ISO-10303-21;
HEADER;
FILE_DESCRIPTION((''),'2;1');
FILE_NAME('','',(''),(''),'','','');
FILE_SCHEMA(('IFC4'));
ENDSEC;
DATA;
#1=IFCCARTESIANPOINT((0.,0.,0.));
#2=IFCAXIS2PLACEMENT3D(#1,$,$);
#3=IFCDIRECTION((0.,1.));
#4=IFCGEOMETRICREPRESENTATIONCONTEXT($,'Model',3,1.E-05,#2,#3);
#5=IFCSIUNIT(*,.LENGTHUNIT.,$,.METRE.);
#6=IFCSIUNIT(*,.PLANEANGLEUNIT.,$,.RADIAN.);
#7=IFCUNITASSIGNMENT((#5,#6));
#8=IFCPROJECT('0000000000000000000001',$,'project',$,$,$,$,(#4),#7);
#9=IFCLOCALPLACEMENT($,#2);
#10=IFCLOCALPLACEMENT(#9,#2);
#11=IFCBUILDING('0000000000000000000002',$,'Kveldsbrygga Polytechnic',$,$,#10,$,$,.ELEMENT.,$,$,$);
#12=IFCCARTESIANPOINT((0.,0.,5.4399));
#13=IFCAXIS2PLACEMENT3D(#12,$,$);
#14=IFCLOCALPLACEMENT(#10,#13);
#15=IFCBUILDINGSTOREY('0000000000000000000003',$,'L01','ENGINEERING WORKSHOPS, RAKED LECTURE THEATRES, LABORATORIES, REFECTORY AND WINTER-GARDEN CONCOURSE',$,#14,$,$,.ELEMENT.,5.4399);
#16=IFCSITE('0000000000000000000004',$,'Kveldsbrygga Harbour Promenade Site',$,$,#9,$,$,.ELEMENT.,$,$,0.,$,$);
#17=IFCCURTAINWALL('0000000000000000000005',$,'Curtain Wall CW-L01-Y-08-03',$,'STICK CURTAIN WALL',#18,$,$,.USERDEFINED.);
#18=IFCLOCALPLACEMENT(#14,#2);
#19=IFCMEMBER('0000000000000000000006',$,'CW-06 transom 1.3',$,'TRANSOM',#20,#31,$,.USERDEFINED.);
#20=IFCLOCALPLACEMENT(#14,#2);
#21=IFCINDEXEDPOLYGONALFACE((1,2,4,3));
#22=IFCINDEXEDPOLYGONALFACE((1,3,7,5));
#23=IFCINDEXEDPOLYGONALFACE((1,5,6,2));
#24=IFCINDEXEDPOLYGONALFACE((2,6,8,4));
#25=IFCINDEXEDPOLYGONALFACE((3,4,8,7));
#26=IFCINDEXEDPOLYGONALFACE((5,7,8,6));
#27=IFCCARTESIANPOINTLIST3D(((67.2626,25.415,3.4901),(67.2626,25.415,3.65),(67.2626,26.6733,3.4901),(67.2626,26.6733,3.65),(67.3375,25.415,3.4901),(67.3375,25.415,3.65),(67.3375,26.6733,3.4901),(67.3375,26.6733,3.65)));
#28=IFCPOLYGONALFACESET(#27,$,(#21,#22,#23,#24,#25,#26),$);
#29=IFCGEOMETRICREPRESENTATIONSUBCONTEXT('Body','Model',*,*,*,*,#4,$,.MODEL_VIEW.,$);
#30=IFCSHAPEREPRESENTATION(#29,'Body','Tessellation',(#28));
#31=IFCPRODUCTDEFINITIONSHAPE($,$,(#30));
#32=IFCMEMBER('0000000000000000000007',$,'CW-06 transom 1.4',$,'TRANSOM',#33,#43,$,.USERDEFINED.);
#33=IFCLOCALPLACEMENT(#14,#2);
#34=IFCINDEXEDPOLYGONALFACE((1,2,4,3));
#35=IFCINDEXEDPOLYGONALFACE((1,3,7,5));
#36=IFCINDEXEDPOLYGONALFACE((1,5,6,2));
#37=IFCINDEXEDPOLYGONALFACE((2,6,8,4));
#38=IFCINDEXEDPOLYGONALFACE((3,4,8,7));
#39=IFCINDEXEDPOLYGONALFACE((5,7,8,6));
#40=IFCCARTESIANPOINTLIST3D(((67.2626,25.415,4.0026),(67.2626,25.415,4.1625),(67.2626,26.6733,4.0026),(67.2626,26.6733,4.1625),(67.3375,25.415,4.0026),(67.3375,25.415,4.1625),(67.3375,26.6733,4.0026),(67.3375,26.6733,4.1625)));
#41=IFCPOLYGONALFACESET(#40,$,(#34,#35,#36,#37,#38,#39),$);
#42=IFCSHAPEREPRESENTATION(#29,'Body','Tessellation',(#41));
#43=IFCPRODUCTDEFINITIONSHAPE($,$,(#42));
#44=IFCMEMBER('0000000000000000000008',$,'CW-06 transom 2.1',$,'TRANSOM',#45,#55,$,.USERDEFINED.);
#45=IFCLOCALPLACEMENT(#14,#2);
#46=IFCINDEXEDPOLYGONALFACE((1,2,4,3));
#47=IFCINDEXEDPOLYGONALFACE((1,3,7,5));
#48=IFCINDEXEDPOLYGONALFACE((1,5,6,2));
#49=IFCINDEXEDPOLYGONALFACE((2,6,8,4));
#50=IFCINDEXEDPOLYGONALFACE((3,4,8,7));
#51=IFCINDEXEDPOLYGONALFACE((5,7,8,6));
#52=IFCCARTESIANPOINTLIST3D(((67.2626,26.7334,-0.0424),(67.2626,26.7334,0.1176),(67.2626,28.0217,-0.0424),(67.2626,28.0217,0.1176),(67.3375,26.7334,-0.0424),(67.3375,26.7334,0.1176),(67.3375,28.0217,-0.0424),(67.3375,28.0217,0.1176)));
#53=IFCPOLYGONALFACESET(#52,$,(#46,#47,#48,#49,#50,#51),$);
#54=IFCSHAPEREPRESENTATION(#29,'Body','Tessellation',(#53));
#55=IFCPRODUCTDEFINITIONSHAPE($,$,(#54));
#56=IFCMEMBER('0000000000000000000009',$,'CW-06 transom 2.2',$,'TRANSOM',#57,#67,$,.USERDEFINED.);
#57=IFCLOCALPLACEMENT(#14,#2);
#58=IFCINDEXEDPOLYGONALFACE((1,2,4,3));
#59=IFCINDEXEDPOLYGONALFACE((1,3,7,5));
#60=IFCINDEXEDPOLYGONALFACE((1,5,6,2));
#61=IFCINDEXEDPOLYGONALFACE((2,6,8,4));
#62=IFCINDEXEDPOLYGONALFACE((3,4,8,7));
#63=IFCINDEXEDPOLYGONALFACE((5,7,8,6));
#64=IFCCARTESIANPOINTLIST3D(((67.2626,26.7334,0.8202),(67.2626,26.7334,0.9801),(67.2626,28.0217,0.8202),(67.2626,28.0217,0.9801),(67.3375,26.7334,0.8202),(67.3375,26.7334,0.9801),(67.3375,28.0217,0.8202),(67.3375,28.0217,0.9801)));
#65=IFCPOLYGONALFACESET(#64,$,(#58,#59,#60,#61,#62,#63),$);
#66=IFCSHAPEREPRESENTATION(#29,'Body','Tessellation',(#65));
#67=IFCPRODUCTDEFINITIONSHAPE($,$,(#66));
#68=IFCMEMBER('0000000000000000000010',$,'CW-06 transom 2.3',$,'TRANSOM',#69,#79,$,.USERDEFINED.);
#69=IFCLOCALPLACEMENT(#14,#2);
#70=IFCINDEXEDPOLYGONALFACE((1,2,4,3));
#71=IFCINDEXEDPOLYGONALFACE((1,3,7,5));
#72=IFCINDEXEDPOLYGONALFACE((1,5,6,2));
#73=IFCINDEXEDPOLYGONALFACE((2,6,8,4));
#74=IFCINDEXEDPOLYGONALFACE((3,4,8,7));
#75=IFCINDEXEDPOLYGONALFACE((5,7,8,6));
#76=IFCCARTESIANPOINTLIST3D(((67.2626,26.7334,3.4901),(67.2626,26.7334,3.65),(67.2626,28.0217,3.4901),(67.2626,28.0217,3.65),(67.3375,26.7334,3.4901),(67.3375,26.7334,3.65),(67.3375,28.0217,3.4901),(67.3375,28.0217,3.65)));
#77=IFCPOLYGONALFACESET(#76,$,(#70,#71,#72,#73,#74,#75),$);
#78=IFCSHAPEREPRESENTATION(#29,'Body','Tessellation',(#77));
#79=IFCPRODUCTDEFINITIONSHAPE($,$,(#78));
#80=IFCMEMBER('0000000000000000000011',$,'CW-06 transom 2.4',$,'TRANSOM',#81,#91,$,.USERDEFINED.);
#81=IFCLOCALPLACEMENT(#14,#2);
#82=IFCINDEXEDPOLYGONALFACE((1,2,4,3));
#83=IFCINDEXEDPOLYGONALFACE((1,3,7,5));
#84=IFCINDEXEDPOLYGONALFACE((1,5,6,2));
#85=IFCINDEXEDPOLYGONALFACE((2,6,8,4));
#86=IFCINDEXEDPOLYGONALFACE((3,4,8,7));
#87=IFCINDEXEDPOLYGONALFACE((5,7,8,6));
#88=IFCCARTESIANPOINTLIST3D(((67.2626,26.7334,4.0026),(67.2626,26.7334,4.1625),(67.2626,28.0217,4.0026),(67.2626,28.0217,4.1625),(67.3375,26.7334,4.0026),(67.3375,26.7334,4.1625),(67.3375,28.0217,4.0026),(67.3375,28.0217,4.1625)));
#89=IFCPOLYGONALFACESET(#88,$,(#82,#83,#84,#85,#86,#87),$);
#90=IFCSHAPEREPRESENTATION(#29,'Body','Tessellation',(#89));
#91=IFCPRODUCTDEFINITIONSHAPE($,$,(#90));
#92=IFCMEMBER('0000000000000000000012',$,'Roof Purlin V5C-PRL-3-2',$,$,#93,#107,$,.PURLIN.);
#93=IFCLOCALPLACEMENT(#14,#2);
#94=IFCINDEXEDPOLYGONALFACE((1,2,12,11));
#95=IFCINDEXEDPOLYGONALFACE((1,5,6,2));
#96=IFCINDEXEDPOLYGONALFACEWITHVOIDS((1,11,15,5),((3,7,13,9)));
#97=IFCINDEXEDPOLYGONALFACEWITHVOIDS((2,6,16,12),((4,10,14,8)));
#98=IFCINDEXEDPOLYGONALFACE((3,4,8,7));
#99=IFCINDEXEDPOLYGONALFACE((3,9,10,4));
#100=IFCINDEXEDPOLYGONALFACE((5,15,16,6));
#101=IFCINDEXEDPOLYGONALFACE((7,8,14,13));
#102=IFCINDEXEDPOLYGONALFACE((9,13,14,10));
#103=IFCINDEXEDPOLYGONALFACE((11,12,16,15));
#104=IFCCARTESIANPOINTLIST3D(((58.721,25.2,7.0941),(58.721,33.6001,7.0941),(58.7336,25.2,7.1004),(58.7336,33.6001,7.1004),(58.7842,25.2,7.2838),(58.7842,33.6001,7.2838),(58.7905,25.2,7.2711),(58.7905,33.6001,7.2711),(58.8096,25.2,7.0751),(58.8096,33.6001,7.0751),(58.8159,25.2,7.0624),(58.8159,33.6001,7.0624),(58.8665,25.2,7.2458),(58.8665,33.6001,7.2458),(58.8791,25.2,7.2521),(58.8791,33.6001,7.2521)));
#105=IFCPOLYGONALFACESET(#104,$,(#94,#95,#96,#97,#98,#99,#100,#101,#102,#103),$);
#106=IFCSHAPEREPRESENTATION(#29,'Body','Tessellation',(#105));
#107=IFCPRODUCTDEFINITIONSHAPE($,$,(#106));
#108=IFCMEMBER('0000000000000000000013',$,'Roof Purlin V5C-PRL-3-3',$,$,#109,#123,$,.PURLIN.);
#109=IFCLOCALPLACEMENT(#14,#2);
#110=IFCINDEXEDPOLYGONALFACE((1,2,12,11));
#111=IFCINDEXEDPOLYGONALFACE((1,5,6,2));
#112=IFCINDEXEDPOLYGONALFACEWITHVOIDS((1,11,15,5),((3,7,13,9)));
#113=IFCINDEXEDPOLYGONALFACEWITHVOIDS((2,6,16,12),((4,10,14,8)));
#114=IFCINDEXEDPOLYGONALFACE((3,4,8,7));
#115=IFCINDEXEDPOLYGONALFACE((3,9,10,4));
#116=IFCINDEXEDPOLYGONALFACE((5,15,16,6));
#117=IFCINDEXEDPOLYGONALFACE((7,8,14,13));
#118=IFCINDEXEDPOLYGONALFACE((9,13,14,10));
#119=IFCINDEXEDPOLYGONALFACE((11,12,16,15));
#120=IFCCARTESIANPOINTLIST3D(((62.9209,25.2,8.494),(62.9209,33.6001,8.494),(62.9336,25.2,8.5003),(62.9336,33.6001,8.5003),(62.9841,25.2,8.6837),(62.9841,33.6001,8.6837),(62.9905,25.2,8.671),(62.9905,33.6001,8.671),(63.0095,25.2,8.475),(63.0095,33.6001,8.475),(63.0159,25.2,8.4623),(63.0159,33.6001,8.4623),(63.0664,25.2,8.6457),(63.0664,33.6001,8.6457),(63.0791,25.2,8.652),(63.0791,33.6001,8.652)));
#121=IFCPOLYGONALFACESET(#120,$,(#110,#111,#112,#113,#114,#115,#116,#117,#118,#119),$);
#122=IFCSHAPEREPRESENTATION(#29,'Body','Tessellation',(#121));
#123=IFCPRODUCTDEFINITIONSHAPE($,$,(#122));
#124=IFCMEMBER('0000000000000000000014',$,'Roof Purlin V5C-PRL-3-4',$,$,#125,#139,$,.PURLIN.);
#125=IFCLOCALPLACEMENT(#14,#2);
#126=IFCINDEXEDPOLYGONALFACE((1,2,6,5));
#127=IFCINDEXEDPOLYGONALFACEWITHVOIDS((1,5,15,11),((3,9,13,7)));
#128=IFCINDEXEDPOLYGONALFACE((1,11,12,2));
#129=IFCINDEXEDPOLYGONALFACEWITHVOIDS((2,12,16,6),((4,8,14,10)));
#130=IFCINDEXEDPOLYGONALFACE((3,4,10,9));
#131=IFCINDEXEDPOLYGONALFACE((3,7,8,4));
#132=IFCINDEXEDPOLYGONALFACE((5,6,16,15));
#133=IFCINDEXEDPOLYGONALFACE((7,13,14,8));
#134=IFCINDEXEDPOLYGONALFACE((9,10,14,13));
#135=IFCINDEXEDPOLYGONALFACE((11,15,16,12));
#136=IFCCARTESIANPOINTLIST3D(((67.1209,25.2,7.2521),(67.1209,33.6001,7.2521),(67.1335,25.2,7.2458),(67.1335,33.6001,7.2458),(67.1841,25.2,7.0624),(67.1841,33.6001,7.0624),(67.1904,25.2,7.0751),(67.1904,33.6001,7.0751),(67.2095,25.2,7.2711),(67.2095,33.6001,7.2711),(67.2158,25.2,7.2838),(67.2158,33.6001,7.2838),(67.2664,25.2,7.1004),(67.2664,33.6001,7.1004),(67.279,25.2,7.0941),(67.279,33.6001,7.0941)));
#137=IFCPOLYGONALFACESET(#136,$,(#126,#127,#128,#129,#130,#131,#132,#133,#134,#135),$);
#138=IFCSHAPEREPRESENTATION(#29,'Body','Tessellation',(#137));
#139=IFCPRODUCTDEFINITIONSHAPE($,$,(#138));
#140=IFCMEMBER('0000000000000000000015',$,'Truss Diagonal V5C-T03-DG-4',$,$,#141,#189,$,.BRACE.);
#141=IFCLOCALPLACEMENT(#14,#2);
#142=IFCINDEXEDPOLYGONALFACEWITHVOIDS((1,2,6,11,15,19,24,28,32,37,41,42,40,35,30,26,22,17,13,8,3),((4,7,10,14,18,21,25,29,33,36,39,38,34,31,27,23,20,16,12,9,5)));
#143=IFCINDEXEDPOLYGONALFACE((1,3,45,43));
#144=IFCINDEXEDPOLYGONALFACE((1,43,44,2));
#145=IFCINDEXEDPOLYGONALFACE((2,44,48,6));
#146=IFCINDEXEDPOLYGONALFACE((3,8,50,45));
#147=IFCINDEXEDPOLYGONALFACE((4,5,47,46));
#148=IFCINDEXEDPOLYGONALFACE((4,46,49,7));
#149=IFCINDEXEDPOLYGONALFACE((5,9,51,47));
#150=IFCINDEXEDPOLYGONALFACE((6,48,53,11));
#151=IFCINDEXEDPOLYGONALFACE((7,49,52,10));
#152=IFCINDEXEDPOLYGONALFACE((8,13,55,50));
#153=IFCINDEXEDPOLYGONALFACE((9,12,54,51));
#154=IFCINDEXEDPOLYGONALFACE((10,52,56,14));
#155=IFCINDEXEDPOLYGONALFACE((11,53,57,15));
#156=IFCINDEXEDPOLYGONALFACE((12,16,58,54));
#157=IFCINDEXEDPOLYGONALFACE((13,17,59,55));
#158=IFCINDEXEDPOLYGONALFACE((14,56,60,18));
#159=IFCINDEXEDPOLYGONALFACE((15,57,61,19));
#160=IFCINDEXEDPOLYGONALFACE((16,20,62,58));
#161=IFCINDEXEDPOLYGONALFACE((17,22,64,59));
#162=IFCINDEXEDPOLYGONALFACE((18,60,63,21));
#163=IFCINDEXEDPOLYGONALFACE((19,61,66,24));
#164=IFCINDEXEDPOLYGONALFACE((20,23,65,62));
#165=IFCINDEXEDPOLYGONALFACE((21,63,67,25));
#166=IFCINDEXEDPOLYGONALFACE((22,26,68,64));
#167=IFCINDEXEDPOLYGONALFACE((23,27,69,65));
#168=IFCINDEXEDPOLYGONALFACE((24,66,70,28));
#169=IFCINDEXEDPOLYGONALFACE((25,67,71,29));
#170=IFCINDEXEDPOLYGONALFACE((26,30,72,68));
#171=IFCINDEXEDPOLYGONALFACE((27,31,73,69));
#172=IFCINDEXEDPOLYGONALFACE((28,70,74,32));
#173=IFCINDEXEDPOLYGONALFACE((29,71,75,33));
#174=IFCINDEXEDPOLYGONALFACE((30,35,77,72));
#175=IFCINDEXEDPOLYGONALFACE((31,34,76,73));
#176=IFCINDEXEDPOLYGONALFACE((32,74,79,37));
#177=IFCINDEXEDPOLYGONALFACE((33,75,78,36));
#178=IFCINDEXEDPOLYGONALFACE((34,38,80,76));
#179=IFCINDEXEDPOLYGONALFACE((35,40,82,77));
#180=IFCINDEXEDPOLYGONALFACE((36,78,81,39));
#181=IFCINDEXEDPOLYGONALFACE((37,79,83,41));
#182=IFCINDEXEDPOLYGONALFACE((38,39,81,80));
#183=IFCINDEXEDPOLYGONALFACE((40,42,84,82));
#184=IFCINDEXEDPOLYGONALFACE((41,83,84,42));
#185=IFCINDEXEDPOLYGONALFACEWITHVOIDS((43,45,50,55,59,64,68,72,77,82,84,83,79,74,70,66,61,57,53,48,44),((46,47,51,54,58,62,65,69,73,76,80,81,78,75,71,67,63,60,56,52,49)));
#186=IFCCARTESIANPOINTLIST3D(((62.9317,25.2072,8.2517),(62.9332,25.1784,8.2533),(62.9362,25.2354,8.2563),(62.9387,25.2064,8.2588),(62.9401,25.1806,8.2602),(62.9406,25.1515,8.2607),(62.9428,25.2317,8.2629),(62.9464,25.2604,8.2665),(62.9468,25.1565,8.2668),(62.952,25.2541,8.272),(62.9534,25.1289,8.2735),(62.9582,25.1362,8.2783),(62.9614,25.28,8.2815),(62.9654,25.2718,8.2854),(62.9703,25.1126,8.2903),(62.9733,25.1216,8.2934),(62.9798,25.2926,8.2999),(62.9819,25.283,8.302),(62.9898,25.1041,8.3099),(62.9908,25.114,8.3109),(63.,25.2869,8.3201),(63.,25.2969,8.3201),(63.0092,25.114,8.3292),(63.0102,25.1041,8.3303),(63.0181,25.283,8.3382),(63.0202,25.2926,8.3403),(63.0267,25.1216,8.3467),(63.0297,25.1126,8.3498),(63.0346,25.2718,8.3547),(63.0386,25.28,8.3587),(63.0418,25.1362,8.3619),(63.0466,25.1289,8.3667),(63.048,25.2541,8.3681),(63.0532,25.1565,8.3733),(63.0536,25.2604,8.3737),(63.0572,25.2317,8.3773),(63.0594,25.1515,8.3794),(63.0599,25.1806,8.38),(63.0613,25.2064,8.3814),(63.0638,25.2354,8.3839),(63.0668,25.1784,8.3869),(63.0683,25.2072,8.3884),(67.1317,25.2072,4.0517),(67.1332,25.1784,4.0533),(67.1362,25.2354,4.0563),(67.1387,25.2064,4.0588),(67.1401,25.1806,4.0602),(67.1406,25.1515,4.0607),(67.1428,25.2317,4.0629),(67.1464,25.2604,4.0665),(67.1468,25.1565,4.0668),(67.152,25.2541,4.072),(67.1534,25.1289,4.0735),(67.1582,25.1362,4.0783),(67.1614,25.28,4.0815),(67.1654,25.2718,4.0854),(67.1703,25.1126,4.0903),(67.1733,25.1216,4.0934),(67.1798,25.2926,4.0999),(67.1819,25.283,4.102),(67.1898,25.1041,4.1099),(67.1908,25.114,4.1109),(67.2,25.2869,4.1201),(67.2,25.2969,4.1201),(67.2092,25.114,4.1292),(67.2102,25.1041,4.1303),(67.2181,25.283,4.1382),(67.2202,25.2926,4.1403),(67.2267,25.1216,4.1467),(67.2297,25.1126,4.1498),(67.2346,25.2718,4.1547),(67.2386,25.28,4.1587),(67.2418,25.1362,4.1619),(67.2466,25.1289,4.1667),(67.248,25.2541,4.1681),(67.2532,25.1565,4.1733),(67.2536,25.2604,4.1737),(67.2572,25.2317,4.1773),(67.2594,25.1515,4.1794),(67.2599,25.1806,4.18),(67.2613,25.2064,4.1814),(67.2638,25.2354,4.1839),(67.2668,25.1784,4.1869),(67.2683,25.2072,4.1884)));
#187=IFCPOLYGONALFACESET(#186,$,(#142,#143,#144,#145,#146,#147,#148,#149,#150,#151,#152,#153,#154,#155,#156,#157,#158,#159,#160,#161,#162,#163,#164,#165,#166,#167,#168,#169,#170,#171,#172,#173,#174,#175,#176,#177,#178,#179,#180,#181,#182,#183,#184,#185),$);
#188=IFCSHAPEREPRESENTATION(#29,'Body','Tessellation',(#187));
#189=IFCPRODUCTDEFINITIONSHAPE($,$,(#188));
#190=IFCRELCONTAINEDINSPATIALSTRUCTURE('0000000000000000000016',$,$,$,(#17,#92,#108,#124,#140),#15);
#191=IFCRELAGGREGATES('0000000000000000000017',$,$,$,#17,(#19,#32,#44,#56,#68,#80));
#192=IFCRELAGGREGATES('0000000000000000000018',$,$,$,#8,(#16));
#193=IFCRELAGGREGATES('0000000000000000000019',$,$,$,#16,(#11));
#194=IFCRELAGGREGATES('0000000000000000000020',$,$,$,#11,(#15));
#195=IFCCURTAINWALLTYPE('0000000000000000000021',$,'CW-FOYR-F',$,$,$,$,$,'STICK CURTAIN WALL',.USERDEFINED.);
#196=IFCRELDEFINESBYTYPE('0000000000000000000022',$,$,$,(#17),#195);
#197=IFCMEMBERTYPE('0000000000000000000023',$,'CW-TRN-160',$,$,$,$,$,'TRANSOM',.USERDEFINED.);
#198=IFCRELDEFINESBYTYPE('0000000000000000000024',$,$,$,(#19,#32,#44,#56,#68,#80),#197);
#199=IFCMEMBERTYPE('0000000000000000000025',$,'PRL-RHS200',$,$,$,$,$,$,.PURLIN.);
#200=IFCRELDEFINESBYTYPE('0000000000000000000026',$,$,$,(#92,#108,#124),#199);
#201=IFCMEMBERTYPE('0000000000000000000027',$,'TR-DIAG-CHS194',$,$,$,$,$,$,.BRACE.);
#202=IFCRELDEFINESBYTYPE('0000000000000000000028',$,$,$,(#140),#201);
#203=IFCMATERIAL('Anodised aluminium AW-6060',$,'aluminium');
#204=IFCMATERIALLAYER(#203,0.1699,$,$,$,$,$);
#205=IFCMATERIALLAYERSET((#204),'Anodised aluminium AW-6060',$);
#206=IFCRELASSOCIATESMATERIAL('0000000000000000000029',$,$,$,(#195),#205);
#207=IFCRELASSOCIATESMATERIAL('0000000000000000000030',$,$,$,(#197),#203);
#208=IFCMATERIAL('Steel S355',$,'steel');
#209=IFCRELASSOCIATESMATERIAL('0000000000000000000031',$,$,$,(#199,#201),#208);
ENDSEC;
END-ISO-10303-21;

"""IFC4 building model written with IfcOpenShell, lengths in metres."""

from ifc_helpers import new_model, si_unit, direction, frame, origin, origin_2d, place, context, subcontext, project, spatial, rectangle, hollow_rectangle, hollow_circle, extrude, material, layer, layer_set, material_profile, profile_set, type_object, element, aggregate, save


model = new_model("IFC4")

# Units and contexts
model_context = context("Model", 3, precision=1e-05, world=origin(), true_north=direction((0.0, 1.0)))
body_context = subcontext(model_context, "Body", "Model", "MODEL_VIEW")
ifc_project = project(units=[si_unit("LENGTHUNIT", "METRE"), si_unit("PLANEANGLEUNIT", "RADIAN")], contexts=[model_context])

# Site, building, storey
site_placement = place(None, origin())
site = spatial("IfcSite", under=ifc_project, at=site_placement, Name="Kveldsbrygga Harbour Promenade Site", CompositionType="ELEMENT", RefElevation=0.0)
building_placement = place(site_placement, origin())
building = spatial("IfcBuilding", under=site, at=building_placement, Name="Kveldsbrygga Polytechnic", CompositionType="ELEMENT")
storey_placement = place(building_placement, frame((0.0, 0.0, 5.4399)))
storey = spatial("IfcBuildingStorey", under=building, at=storey_placement, Name="L01", Description="ENGINEERING WORKSHOPS, RAKED LECTURE THEATRES, LABORATORIES, REFECTORY AND WINTER-GARDEN CONCOURSE", CompositionType="ELEMENT", Elevation=5.4399)

# Shared definitions
ifc_material_1 = material(Name="Steel S355", Category="steel")

# Curtain wall
ifc_material_2 = material(Name="Anodised aluminium AW-6060", Category="aluminium")
ifc_layer_1 = layer(ifc_material_2, 0.1699)
ifc_layer_set_1 = layer_set([ifc_layer_1], Name="Anodised aluminium AW-6060")
curtain_wall_type_1 = type_object("IfcCurtainWallType", Name="CW-FOYR-F", ElementType="STICK CURTAIN WALL", PredefinedType="USERDEFINED", material=ifc_layer_set_1)
curtain_wall_1_placement = place(storey_placement, origin())
curtain_wall_1 = element("IfcCurtainWall", 1, at=curtain_wall_1_placement, inside=storey, type_object=curtain_wall_type_1, Name="Curtain Wall CW-L01-Y-08-03", ObjectType="STICK CURTAIN WALL", PredefinedType="USERDEFINED")

# Members
ifc_material_profile_1 = material_profile(ifc_material_2, rectangle(XDim=0.075, YDim=0.1599, at=origin_2d()), Name="ALU 75x160")
ifc_profile_set_1 = profile_set([ifc_material_profile_1], Name="Anodised aluminium AW-6060")
member_type_1 = type_object("IfcMemberType", Name="CW-TRN-160", ElementType="TRANSOM", PredefinedType="USERDEFINED", material=ifc_profile_set_1)
member_1_placement = place(storey_placement, frame((67.3, 25.415, 3.5701), z_axis=(0.0, 1.0, 0.0), x_axis=(-1.0, 0.0, 0.0)))
member_1 = element("IfcMember", 2, at=member_1_placement, type_object=member_type_1, Name="CW-06 transom 1.3", ObjectType="TRANSOM", PredefinedType="USERDEFINED", context=body_context, shape_type="SweptSolid", body=[
    extrude(rectangle(XDim=0.075, YDim=0.1599, at=origin_2d()), origin(), (0.0, 0.0, 1.0), 1.2583),
])
member_2_placement = place(storey_placement, frame((67.3, 25.415, 4.0825), z_axis=(0.0, 1.0, 0.0), x_axis=(-1.0, 0.0, 0.0)))
member_2 = element("IfcMember", 3, at=member_2_placement, type_object=member_type_1, Name="CW-06 transom 1.4", ObjectType="TRANSOM", PredefinedType="USERDEFINED", context=body_context, shape_type="SweptSolid", body=[
    extrude(rectangle(XDim=0.075, YDim=0.1599, at=origin_2d()), origin(), (0.0, 0.0, 1.0), 1.2583),
])
member_3_placement = place(storey_placement, frame((67.3, 26.7334, 0.0376), z_axis=(0.0, 1.0, 0.0), x_axis=(-1.0, 0.0, 0.0)))
member_3 = element("IfcMember", 4, at=member_3_placement, type_object=member_type_1, Name="CW-06 transom 2.1", ObjectType="TRANSOM", PredefinedType="USERDEFINED", context=body_context, shape_type="SweptSolid", body=[
    extrude(rectangle(XDim=0.075, YDim=0.1599, at=origin_2d()), origin(), (0.0, 0.0, 1.0), 1.2883),
])
member_4_placement = place(storey_placement, frame((67.3, 26.7334, 0.9001), z_axis=(0.0, 1.0, 0.0), x_axis=(-1.0, 0.0, 0.0)))
member_4 = element("IfcMember", 5, at=member_4_placement, type_object=member_type_1, Name="CW-06 transom 2.2", ObjectType="TRANSOM", PredefinedType="USERDEFINED", context=body_context, shape_type="SweptSolid", body=[
    extrude(rectangle(XDim=0.075, YDim=0.1599, at=origin_2d()), origin(), (0.0, 0.0, 1.0), 1.2883),
])
member_5_placement = place(storey_placement, frame((67.3, 26.7334, 3.5701), z_axis=(0.0, 1.0, 0.0), x_axis=(-1.0, 0.0, 0.0)))
member_5 = element("IfcMember", 6, at=member_5_placement, type_object=member_type_1, Name="CW-06 transom 2.3", ObjectType="TRANSOM", PredefinedType="USERDEFINED", context=body_context, shape_type="SweptSolid", body=[
    extrude(rectangle(XDim=0.075, YDim=0.1599, at=origin_2d()), origin(), (0.0, 0.0, 1.0), 1.2883),
])
member_6_placement = place(storey_placement, frame((67.3, 26.7334, 4.0825), z_axis=(0.0, 1.0, 0.0), x_axis=(-1.0, 0.0, 0.0)))
member_6 = element("IfcMember", 7, at=member_6_placement, type_object=member_type_1, Name="CW-06 transom 2.4", ObjectType="TRANSOM", PredefinedType="USERDEFINED", context=body_context, shape_type="SweptSolid", body=[
    extrude(rectangle(XDim=0.075, YDim=0.1599, at=origin_2d()), origin(), (0.0, 0.0, 1.0), 1.2883),
])

# Members
ifc_material_profile_2 = material_profile(ifc_material_1, hollow_rectangle(XDim=0.1001, YDim=0.2, WallThickness=0.01, at=origin_2d()), Name="RHS 200x100x10.0")
ifc_profile_set_2 = profile_set([ifc_material_profile_2], Name="Steel S355")
member_type_2 = type_object("IfcMemberType", Name="PRL-RHS200", PredefinedType="PURLIN", material=ifc_profile_set_2)
for number, where, z_axis, x_axis, name in (
    (8, (58.8, 25.2, 7.1731), (0.0, 1.0, 0.0), (-0.948684, 0.0, 0.316227), "Roof Purlin V5C-PRL-3-2"),
    (9, (63.0, 25.2, 8.573), (0.0, 1.0, 0.0), (-0.948684, 0.0, 0.316227), "Roof Purlin V5C-PRL-3-3"),
    (10, (67.2, 25.2, 7.1731), (0.0, 1.0, 0.0), (-0.948684, 0.0, -0.316227), "Roof Purlin V5C-PRL-3-4"),
):
    element("IfcMember", number, at=place(storey_placement, frame(where, z_axis=z_axis, x_axis=x_axis)), inside=storey, type_object=member_type_2, Name=name, PredefinedType="PURLIN", context=body_context, shape_type="SweptSolid", body=[
        extrude(hollow_rectangle(XDim=0.1001, YDim=0.2, WallThickness=0.01, at=origin_2d()), origin(), (0.0, 0.0, 1.0), 8.4001),
    ])
ifc_material_profile_3 = material_profile(ifc_material_1, hollow_circle(Radius=0.0969, WallThickness=0.01, at=origin_2d()), Name="CHS 193.7x10.0")
ifc_profile_set_3 = profile_set([ifc_material_profile_3], Name="Steel S355")
member_type_3 = type_object("IfcMemberType", Name="TR-DIAG-CHS194", PredefinedType="BRACE", material=ifc_profile_set_3)
member_7_placement = place(storey_placement, frame((63.0, 25.2, 8.3201), z_axis=(0.707107, 0.0, -0.707107), x_axis=(0.0, 1.0, 0.0)))
element("IfcMember", 11, at=member_7_placement, inside=storey, type_object=member_type_3, Name="Truss Diagonal V5C-T03-DG-4", PredefinedType="BRACE", context=body_context, shape_type="SweptSolid", body=[
    extrude(hollow_circle(Radius=0.0969, WallThickness=0.01, at=origin_2d()), origin(), (0.0, 0.0, 1.0), 5.9397),
])

aggregate(curtain_wall_1, [member_1, member_2, member_3, member_4, member_5, member_6])

save(model, "model.ifc")
